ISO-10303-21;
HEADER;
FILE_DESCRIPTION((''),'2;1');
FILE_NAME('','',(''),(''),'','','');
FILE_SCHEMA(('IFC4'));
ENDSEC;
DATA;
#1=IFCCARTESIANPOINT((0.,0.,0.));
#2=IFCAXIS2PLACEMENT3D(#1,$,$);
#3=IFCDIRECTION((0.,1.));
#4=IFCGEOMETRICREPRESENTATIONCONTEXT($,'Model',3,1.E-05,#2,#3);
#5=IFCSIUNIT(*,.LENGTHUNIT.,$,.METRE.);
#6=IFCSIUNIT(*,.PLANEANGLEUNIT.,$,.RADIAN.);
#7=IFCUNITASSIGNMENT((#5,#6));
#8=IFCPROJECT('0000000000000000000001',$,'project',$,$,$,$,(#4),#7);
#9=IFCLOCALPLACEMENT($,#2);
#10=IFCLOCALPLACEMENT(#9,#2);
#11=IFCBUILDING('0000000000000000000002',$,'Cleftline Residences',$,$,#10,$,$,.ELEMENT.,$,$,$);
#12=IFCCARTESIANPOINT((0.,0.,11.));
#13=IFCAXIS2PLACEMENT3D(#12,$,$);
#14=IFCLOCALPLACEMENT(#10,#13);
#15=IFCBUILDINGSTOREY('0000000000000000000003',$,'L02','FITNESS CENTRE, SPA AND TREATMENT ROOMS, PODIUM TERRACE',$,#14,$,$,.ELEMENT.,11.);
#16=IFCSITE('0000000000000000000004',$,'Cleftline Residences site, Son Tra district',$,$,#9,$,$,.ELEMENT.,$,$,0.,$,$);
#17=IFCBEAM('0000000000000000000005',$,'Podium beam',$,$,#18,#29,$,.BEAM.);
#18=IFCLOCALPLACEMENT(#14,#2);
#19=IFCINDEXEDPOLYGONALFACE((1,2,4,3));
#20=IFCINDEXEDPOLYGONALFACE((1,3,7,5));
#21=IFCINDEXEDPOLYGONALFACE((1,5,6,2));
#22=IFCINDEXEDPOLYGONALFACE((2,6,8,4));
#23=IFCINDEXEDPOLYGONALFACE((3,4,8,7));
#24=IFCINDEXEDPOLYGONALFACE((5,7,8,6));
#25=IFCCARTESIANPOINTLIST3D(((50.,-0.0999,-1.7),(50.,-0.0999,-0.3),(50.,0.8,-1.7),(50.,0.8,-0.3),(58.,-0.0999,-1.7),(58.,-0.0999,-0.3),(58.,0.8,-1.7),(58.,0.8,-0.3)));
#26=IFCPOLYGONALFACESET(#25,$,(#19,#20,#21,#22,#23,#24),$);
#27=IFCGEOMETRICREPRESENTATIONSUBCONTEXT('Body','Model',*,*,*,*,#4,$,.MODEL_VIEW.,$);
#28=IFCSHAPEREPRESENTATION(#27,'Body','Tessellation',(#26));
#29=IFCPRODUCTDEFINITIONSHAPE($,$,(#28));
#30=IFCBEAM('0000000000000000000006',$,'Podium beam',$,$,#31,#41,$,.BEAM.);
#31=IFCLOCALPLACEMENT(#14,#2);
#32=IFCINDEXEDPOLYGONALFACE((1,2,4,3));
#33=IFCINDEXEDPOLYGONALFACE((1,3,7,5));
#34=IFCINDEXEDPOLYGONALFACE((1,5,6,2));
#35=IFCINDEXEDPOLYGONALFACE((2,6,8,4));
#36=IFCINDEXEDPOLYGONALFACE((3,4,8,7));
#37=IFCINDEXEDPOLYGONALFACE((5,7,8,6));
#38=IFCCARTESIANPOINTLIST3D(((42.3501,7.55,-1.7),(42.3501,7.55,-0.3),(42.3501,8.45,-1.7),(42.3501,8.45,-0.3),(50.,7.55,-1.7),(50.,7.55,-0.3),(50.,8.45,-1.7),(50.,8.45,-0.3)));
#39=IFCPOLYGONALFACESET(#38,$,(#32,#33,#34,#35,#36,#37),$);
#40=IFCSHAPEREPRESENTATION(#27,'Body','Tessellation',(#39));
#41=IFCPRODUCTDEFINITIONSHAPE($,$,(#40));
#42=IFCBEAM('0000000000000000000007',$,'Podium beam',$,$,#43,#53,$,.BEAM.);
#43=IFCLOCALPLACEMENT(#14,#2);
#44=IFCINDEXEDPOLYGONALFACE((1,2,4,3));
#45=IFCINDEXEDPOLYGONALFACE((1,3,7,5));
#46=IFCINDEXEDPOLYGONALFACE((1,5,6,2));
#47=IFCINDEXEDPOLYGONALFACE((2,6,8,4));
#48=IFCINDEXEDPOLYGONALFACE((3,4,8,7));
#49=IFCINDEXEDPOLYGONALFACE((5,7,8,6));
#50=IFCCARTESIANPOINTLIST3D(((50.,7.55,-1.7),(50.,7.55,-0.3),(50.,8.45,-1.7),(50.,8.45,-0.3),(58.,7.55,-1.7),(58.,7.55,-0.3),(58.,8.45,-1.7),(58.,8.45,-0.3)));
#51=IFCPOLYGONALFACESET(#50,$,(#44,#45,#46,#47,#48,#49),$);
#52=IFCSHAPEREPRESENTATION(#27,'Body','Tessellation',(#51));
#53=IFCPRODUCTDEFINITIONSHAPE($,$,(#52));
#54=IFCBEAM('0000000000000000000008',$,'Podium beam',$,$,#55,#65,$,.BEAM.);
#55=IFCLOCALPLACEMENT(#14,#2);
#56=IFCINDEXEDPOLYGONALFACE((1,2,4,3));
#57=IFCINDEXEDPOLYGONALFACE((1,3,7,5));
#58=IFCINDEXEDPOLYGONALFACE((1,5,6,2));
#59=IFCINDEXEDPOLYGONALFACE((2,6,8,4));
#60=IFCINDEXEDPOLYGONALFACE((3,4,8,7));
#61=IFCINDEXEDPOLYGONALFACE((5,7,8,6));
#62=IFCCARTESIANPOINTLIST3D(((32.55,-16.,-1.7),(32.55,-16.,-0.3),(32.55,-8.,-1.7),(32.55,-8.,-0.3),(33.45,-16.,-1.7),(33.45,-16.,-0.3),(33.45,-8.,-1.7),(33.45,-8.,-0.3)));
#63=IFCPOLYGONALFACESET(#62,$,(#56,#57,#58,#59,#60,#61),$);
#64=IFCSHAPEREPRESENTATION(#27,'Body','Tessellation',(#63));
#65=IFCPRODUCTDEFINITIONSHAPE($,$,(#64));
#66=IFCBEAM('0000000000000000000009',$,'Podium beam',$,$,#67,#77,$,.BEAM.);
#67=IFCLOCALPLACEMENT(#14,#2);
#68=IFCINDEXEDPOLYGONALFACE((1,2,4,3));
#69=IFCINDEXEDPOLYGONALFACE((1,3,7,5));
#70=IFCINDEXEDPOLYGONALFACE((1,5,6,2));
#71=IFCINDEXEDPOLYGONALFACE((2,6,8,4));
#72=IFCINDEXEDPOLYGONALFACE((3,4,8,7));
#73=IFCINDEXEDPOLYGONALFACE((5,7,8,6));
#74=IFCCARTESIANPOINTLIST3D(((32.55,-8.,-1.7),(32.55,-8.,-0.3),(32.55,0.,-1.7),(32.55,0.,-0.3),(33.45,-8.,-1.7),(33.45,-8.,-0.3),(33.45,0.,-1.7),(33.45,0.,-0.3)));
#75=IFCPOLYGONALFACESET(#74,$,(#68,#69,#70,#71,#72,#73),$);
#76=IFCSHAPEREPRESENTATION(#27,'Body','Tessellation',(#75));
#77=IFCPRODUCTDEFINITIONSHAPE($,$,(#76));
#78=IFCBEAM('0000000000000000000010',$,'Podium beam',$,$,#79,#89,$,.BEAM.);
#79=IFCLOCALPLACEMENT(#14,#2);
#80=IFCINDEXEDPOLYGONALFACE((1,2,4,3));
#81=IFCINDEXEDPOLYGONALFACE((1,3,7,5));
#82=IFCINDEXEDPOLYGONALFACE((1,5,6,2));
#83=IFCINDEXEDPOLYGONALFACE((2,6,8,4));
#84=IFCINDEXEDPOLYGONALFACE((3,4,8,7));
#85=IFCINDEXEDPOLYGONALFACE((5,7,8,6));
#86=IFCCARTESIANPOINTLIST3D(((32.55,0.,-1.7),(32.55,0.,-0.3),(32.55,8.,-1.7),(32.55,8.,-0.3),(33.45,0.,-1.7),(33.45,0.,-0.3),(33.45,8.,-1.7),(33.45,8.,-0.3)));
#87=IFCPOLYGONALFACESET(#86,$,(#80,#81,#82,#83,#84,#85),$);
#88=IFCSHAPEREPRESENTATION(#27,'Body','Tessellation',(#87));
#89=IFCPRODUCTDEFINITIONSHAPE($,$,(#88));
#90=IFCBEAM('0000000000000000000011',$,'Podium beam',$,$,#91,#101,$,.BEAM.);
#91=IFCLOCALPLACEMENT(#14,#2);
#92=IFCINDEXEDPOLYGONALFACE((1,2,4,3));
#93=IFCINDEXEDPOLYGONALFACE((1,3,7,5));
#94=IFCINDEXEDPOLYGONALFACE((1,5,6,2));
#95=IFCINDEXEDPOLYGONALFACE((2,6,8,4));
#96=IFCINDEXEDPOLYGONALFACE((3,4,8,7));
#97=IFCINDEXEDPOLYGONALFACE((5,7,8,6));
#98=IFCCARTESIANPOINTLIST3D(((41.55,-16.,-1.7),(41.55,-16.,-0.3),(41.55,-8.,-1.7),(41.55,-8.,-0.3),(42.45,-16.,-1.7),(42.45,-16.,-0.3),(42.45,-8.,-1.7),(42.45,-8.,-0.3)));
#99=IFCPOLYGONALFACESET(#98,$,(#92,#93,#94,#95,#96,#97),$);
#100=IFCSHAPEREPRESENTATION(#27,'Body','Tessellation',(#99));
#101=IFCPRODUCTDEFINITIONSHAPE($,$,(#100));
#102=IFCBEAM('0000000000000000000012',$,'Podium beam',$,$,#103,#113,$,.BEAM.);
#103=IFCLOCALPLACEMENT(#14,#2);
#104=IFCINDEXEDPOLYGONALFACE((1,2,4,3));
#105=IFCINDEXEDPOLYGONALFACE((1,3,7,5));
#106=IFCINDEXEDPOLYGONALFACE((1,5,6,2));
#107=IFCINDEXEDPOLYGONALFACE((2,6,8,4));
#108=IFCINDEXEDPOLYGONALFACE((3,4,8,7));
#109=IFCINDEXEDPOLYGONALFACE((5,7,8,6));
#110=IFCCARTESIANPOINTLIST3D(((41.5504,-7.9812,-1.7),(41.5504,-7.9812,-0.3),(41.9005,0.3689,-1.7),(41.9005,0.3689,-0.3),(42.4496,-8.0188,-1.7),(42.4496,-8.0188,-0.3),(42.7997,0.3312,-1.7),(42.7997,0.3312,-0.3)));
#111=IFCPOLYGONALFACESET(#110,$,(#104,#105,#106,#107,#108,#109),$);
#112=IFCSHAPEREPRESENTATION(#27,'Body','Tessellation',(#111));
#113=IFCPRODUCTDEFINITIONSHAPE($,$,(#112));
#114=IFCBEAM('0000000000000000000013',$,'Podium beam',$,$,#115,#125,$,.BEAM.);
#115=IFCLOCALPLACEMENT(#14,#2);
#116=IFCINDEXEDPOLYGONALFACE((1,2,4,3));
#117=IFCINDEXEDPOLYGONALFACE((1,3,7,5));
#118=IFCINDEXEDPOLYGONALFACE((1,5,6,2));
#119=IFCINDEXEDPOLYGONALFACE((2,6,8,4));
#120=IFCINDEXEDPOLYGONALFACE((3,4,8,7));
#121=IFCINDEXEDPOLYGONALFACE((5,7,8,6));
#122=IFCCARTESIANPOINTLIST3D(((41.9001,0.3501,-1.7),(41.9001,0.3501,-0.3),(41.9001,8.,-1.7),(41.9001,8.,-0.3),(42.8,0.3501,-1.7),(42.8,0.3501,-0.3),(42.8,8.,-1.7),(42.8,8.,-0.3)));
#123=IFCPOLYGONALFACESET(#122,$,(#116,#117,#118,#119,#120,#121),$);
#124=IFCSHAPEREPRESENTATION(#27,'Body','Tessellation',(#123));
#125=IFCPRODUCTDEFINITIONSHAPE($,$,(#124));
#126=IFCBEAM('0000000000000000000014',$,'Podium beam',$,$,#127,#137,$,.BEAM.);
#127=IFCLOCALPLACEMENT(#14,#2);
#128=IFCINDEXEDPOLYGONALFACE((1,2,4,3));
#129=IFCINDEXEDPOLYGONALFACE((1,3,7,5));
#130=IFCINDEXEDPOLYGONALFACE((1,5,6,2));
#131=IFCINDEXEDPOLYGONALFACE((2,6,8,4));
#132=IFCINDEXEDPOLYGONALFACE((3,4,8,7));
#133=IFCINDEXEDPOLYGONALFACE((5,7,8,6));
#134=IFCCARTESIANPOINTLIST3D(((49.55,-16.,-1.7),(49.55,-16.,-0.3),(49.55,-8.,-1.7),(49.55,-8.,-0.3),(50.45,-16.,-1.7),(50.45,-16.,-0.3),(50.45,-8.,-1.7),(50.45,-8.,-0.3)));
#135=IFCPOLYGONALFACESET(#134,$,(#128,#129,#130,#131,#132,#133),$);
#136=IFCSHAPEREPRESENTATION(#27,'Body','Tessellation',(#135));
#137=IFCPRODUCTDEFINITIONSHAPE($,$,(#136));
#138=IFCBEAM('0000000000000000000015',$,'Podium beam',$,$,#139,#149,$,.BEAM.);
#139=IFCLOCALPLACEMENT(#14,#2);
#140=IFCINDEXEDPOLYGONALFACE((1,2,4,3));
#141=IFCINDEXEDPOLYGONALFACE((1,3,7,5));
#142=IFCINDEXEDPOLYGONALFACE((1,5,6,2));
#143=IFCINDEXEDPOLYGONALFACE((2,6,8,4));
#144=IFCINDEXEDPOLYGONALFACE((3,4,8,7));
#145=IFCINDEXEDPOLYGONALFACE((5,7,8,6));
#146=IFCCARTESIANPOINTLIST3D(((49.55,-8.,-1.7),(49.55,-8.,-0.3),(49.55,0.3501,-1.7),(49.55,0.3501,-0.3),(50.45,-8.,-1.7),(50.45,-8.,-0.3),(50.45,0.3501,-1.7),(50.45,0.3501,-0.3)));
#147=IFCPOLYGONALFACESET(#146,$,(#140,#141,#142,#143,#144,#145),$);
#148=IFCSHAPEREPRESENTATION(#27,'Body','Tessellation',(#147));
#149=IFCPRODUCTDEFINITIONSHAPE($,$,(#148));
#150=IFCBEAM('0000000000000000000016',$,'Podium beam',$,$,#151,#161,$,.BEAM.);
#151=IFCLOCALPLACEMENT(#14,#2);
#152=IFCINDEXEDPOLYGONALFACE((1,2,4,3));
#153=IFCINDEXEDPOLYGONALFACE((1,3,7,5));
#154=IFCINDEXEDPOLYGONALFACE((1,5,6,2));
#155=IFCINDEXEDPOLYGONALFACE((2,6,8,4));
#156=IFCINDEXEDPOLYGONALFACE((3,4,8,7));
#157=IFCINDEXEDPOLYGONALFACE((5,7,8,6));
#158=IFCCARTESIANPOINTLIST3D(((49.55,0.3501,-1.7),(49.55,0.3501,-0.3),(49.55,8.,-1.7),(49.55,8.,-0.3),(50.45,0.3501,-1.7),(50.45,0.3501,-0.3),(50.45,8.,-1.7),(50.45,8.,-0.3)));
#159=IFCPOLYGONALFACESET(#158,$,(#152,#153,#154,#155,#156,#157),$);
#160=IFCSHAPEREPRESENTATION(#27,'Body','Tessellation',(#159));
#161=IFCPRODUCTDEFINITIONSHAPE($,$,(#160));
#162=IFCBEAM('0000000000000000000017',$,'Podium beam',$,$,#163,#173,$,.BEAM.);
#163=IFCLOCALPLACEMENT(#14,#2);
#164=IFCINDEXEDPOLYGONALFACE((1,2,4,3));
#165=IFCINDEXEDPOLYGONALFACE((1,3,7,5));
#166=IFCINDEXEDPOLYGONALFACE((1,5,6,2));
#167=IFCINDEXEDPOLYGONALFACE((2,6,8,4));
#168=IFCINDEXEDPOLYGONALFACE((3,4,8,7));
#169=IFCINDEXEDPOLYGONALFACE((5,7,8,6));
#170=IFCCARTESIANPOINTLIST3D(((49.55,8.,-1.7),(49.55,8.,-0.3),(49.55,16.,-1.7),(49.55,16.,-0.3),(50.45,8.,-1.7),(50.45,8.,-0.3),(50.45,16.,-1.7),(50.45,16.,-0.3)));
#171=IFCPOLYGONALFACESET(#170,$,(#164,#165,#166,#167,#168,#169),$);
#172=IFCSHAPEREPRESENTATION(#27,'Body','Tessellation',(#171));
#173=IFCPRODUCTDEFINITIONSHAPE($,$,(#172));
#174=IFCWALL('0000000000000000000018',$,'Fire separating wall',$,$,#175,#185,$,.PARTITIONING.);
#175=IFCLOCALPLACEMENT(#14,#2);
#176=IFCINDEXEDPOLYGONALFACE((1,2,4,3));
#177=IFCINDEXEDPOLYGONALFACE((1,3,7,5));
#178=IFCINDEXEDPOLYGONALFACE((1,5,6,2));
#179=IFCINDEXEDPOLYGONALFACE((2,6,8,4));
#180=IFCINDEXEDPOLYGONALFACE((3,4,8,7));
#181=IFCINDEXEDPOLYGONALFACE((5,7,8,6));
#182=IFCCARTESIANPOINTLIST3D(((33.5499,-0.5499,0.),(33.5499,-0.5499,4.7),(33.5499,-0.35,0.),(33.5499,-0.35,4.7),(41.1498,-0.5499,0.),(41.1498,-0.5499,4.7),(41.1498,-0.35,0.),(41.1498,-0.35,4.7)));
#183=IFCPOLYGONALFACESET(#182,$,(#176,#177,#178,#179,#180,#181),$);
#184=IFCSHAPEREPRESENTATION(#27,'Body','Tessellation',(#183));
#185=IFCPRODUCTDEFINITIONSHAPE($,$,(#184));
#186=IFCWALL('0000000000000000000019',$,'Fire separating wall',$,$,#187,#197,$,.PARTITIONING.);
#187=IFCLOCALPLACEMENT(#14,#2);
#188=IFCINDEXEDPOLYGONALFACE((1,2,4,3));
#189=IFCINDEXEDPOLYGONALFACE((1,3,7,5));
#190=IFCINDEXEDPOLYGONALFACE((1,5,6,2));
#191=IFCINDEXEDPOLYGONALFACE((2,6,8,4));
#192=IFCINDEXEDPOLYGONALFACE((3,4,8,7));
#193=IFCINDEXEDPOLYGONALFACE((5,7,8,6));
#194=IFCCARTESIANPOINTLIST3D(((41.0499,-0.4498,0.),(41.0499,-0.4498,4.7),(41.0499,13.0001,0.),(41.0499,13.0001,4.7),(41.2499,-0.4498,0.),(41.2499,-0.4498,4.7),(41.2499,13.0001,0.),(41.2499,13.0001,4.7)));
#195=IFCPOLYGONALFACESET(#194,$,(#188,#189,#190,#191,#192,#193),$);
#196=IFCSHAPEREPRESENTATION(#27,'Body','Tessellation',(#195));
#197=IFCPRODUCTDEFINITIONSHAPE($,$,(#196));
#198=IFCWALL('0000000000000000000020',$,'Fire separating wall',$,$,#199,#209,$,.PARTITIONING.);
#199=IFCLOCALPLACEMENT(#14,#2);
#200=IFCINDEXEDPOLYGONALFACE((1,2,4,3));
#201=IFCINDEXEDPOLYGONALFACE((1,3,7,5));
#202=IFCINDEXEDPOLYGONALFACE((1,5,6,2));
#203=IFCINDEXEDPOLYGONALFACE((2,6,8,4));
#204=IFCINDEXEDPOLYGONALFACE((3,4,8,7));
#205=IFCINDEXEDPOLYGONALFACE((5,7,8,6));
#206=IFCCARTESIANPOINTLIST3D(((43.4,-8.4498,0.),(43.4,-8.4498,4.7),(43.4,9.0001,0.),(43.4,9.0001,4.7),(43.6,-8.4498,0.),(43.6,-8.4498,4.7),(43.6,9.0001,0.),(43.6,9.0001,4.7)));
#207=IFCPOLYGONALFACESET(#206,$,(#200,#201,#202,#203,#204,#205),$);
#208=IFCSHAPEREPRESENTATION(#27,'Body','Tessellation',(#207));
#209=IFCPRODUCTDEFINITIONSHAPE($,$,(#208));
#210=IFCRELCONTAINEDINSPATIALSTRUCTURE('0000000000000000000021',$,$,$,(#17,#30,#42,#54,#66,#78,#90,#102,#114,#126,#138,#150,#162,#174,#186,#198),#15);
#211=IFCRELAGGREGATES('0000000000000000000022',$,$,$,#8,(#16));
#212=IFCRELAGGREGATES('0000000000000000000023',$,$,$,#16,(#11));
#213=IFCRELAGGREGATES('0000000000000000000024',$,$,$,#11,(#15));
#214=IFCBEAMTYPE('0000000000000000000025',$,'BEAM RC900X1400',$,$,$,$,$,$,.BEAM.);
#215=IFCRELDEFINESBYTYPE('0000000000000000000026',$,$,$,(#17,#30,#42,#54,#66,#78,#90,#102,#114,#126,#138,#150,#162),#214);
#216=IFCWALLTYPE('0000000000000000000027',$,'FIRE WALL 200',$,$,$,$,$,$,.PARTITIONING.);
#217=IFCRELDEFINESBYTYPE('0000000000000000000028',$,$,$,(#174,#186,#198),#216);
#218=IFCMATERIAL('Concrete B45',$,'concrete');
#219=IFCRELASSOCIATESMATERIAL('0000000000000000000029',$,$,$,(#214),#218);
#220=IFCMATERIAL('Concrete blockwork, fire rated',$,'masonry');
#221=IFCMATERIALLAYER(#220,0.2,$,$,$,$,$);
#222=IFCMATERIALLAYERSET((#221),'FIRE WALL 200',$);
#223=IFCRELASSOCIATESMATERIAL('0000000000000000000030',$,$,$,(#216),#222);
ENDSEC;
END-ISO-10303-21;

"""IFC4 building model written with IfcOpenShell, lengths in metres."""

from ifc_helpers import new_model, si_unit, direction, frame, frame_2d, origin, origin_2d, place, context, subcontext, project, spatial, rectangle, extrude, material, layer, layer_set, material_profile, profile_set, type_object, element, save


model = new_model("IFC4")

# Units and contexts
model_context = context("Model", 3, precision=1e-05, world=origin(), true_north=direction((0.0, 1.0)))
body_context = subcontext(model_context, "Body", "Model", "MODEL_VIEW")
ifc_project = project(units=[si_unit("LENGTHUNIT", "METRE"), si_unit("PLANEANGLEUNIT", "RADIAN")], contexts=[model_context])

# Site, building, storey
site_placement = place(None, origin())
site = spatial("IfcSite", under=ifc_project, at=site_placement, Name="Cleftline Residences site, Son Tra district", CompositionType="ELEMENT", RefElevation=0.0)
building_placement = place(site_placement, origin())
building = spatial("IfcBuilding", under=site, at=building_placement, Name="Cleftline Residences", CompositionType="ELEMENT")
storey_placement = place(building_placement, frame((0.0, 0.0, 11.0)))
storey = spatial("IfcBuildingStorey", under=building, at=storey_placement, Name="L02", Description="FITNESS CENTRE, SPA AND TREATMENT ROOMS, PODIUM TERRACE", CompositionType="ELEMENT", Elevation=11.0)

# Beams
ifc_material_1 = material(Name="Concrete B45", Category="concrete")
ifc_material_profile_1 = material_profile(ifc_material_1, rectangle(XDim=0.8999, YDim=1.3999, at=origin_2d()))
ifc_profile_set_1 = profile_set([ifc_material_profile_1], Name="Concrete B45")
beam_type = type_object("IfcBeamType", Name="BEAM RC900X1400", PredefinedType="BEAM", material=ifc_profile_set_1)
beam_1_placement = place(storey_placement, frame((50.0, 0.3501, -1.0), z_axis=(1.0, 0.0, 0.0), x_axis=(0.0, 1.0, 0.0)))
element("IfcBeam", 1, at=beam_1_placement, inside=storey, type_object=beam_type, Name="Podium beam", PredefinedType="BEAM", context=body_context, shape_type="SweptSolid", body=[
    extrude(rectangle(XDim=0.8999, YDim=1.3999, at=origin_2d()), origin(), (0.0, 0.0, 1.0), 8.0),
])
beam_2_placement = place(storey_placement, frame((42.3501, 8.0, -1.0), z_axis=(1.0, 0.0, 0.0), x_axis=(0.0, 1.0, 0.0)))
element("IfcBeam", 2, at=beam_2_placement, inside=storey, type_object=beam_type, Name="Podium beam", PredefinedType="BEAM", context=body_context, shape_type="SweptSolid", body=[
    extrude(rectangle(XDim=0.8999, YDim=1.3999, at=origin_2d()), origin(), (0.0, 0.0, 1.0), 7.6499),
])
for number, where, z_axis, x_axis, name in (
    (3, (50.0, 8.0, -1.0), (1.0, 0.0, 0.0), (0.0, 1.0, 0.0), "Podium beam"),
    (4, (33.0, -16.0, -1.0), (0.0, 1.0, 0.0), (-1.0, 0.0, 0.0), "Podium beam"),
    (5, (33.0, -8.0, -1.0), (0.0, 1.0, 0.0), (-1.0, 0.0, 0.0), "Podium beam"),
    (6, (33.0, 0.0, -1.0), (0.0, 1.0, 0.0), (-1.0, 0.0, 0.0), "Podium beam"),
    (7, (42.0, -16.0, -1.0), (0.0, 1.0, 0.0), (-1.0, 0.0, 0.0), "Podium beam"),
):
    element("IfcBeam", number, at=place(storey_placement, frame(where, z_axis=z_axis, x_axis=x_axis)), inside=storey, type_object=beam_type, Name=name, PredefinedType="BEAM", context=body_context, shape_type="SweptSolid", body=[
        extrude(rectangle(XDim=0.8999, YDim=1.3999, at=origin_2d()), origin(), (0.0, 0.0, 1.0), 8.0),
    ])
beam_3_placement = place(storey_placement, frame((42.0, -8.0, -1.0), z_axis=(0.041891, 0.999122, 0.0), x_axis=(-0.999122, 0.041891, 0.0)))
element("IfcBeam", 8, at=beam_3_placement, inside=storey, type_object=beam_type, Name="Podium beam", PredefinedType="BEAM", context=body_context, shape_type="SweptSolid", body=[
    extrude(rectangle(XDim=0.8999, YDim=1.3999, at=origin_2d()), origin(), (0.0, 0.0, 1.0), 8.3574),
])
beam_4_placement = place(storey_placement, frame((42.3501, 0.3501, -1.0), z_axis=(0.0, 1.0, 0.0), x_axis=(-1.0, 0.0, 0.0)))
element("IfcBeam", 9, at=beam_4_placement, inside=storey, type_object=beam_type, Name="Podium beam", PredefinedType="BEAM", context=body_context, shape_type="SweptSolid", body=[
    extrude(rectangle(XDim=0.8999, YDim=1.3999, at=origin_2d()), origin(), (0.0, 0.0, 1.0), 7.6499),
])
beam_5_placement = place(storey_placement, frame((50.0, -16.0, -1.0), z_axis=(0.0, 1.0, 0.0), x_axis=(-1.0, 0.0, 0.0)))
element("IfcBeam", 10, at=beam_5_placement, inside=storey, type_object=beam_type, Name="Podium beam", PredefinedType="BEAM", context=body_context, shape_type="SweptSolid", body=[
    extrude(rectangle(XDim=0.8999, YDim=1.3999, at=origin_2d()), origin(), (0.0, 0.0, 1.0), 8.0),
])
beam_6_placement = place(storey_placement, frame((50.0, -8.0, -1.0), z_axis=(0.0, 1.0, 0.0), x_axis=(-1.0, 0.0, 0.0)))
element("IfcBeam", 11, at=beam_6_placement, inside=storey, type_object=beam_type, Name="Podium beam", PredefinedType="BEAM", context=body_context, shape_type="SweptSolid", body=[
    extrude(rectangle(XDim=0.8999, YDim=1.3999, at=origin_2d()), origin(), (0.0, 0.0, 1.0), 8.3501),
])
beam_7_placement = place(storey_placement, frame((50.0, 0.3501, -1.0), z_axis=(0.0, 1.0, 0.0), x_axis=(-1.0, 0.0, 0.0)))
element("IfcBeam", 12, at=beam_7_placement, inside=storey, type_object=beam_type, Name="Podium beam", PredefinedType="BEAM", context=body_context, shape_type="SweptSolid", body=[
    extrude(rectangle(XDim=0.8999, YDim=1.3999, at=origin_2d()), origin(), (0.0, 0.0, 1.0), 7.6499),
])
beam_8_placement = place(storey_placement, frame((50.0, 8.0, -1.0), z_axis=(0.0, 1.0, 0.0), x_axis=(-1.0, 0.0, 0.0)))
element("IfcBeam", 13, at=beam_8_placement, inside=storey, type_object=beam_type, Name="Podium beam", PredefinedType="BEAM", context=body_context, shape_type="SweptSolid", body=[
    extrude(rectangle(XDim=0.8999, YDim=1.3999, at=origin_2d()), origin(), (0.0, 0.0, 1.0), 8.0),
])

# Walls
ifc_material_2 = material(Name="Concrete blockwork, fire rated", Category="masonry")
ifc_layer_1 = layer(ifc_material_2, 0.2)
ifc_layer_set_1 = layer_set([ifc_layer_1], Name="FIRE WALL 200")
wall_type_1 = type_object("IfcWallType", Name="FIRE WALL 200", PredefinedType="PARTITIONING", material=ifc_layer_set_1)
wall_1_placement = place(storey_placement, frame((33.55, -0.45, 0.0), z_axis=(0.0, 0.0, 1.0), x_axis=(1.0, 0.0, 0.0)))
element("IfcWall", 14, at=wall_1_placement, inside=storey, type_object=wall_type_1, Name="Fire separating wall", PredefinedType="PARTITIONING", context=body_context, shape_type="SweptSolid", body=[
    extrude(rectangle(XDim=7.5999, YDim=0.2, at=frame_2d((3.7998, 0.0))), origin(), (0.0, 0.0, 1.0), 4.7),
])
wall_2_placement = place(storey_placement, frame((41.1499, -0.45, 0.0), z_axis=(0.0, 0.0, 1.0), x_axis=(0.0, 1.0, 0.0)))
element("IfcWall", 15, at=wall_2_placement, inside=storey, type_object=wall_type_1, Name="Fire separating wall", PredefinedType="PARTITIONING", context=body_context, shape_type="SweptSolid", body=[
    extrude(rectangle(XDim=13.45, YDim=0.2, at=frame_2d((6.7251, 0.0))), origin(), (0.0, 0.0, 1.0), 4.7),
])
wall_3_placement = place(storey_placement, frame((43.5, -8.45, 0.0), z_axis=(0.0, 0.0, 1.0), x_axis=(0.0, 1.0, 0.0)))
element("IfcWall", 16, at=wall_3_placement, inside=storey, type_object=wall_type_1, Name="Fire separating wall", PredefinedType="PARTITIONING", context=body_context, shape_type="SweptSolid", body=[
    extrude(rectangle(XDim=17.45, YDim=0.2, at=frame_2d((8.7251, 0.0))), origin(), (0.0, 0.0, 1.0), 4.7),
])

save(model, "model.ifc")
